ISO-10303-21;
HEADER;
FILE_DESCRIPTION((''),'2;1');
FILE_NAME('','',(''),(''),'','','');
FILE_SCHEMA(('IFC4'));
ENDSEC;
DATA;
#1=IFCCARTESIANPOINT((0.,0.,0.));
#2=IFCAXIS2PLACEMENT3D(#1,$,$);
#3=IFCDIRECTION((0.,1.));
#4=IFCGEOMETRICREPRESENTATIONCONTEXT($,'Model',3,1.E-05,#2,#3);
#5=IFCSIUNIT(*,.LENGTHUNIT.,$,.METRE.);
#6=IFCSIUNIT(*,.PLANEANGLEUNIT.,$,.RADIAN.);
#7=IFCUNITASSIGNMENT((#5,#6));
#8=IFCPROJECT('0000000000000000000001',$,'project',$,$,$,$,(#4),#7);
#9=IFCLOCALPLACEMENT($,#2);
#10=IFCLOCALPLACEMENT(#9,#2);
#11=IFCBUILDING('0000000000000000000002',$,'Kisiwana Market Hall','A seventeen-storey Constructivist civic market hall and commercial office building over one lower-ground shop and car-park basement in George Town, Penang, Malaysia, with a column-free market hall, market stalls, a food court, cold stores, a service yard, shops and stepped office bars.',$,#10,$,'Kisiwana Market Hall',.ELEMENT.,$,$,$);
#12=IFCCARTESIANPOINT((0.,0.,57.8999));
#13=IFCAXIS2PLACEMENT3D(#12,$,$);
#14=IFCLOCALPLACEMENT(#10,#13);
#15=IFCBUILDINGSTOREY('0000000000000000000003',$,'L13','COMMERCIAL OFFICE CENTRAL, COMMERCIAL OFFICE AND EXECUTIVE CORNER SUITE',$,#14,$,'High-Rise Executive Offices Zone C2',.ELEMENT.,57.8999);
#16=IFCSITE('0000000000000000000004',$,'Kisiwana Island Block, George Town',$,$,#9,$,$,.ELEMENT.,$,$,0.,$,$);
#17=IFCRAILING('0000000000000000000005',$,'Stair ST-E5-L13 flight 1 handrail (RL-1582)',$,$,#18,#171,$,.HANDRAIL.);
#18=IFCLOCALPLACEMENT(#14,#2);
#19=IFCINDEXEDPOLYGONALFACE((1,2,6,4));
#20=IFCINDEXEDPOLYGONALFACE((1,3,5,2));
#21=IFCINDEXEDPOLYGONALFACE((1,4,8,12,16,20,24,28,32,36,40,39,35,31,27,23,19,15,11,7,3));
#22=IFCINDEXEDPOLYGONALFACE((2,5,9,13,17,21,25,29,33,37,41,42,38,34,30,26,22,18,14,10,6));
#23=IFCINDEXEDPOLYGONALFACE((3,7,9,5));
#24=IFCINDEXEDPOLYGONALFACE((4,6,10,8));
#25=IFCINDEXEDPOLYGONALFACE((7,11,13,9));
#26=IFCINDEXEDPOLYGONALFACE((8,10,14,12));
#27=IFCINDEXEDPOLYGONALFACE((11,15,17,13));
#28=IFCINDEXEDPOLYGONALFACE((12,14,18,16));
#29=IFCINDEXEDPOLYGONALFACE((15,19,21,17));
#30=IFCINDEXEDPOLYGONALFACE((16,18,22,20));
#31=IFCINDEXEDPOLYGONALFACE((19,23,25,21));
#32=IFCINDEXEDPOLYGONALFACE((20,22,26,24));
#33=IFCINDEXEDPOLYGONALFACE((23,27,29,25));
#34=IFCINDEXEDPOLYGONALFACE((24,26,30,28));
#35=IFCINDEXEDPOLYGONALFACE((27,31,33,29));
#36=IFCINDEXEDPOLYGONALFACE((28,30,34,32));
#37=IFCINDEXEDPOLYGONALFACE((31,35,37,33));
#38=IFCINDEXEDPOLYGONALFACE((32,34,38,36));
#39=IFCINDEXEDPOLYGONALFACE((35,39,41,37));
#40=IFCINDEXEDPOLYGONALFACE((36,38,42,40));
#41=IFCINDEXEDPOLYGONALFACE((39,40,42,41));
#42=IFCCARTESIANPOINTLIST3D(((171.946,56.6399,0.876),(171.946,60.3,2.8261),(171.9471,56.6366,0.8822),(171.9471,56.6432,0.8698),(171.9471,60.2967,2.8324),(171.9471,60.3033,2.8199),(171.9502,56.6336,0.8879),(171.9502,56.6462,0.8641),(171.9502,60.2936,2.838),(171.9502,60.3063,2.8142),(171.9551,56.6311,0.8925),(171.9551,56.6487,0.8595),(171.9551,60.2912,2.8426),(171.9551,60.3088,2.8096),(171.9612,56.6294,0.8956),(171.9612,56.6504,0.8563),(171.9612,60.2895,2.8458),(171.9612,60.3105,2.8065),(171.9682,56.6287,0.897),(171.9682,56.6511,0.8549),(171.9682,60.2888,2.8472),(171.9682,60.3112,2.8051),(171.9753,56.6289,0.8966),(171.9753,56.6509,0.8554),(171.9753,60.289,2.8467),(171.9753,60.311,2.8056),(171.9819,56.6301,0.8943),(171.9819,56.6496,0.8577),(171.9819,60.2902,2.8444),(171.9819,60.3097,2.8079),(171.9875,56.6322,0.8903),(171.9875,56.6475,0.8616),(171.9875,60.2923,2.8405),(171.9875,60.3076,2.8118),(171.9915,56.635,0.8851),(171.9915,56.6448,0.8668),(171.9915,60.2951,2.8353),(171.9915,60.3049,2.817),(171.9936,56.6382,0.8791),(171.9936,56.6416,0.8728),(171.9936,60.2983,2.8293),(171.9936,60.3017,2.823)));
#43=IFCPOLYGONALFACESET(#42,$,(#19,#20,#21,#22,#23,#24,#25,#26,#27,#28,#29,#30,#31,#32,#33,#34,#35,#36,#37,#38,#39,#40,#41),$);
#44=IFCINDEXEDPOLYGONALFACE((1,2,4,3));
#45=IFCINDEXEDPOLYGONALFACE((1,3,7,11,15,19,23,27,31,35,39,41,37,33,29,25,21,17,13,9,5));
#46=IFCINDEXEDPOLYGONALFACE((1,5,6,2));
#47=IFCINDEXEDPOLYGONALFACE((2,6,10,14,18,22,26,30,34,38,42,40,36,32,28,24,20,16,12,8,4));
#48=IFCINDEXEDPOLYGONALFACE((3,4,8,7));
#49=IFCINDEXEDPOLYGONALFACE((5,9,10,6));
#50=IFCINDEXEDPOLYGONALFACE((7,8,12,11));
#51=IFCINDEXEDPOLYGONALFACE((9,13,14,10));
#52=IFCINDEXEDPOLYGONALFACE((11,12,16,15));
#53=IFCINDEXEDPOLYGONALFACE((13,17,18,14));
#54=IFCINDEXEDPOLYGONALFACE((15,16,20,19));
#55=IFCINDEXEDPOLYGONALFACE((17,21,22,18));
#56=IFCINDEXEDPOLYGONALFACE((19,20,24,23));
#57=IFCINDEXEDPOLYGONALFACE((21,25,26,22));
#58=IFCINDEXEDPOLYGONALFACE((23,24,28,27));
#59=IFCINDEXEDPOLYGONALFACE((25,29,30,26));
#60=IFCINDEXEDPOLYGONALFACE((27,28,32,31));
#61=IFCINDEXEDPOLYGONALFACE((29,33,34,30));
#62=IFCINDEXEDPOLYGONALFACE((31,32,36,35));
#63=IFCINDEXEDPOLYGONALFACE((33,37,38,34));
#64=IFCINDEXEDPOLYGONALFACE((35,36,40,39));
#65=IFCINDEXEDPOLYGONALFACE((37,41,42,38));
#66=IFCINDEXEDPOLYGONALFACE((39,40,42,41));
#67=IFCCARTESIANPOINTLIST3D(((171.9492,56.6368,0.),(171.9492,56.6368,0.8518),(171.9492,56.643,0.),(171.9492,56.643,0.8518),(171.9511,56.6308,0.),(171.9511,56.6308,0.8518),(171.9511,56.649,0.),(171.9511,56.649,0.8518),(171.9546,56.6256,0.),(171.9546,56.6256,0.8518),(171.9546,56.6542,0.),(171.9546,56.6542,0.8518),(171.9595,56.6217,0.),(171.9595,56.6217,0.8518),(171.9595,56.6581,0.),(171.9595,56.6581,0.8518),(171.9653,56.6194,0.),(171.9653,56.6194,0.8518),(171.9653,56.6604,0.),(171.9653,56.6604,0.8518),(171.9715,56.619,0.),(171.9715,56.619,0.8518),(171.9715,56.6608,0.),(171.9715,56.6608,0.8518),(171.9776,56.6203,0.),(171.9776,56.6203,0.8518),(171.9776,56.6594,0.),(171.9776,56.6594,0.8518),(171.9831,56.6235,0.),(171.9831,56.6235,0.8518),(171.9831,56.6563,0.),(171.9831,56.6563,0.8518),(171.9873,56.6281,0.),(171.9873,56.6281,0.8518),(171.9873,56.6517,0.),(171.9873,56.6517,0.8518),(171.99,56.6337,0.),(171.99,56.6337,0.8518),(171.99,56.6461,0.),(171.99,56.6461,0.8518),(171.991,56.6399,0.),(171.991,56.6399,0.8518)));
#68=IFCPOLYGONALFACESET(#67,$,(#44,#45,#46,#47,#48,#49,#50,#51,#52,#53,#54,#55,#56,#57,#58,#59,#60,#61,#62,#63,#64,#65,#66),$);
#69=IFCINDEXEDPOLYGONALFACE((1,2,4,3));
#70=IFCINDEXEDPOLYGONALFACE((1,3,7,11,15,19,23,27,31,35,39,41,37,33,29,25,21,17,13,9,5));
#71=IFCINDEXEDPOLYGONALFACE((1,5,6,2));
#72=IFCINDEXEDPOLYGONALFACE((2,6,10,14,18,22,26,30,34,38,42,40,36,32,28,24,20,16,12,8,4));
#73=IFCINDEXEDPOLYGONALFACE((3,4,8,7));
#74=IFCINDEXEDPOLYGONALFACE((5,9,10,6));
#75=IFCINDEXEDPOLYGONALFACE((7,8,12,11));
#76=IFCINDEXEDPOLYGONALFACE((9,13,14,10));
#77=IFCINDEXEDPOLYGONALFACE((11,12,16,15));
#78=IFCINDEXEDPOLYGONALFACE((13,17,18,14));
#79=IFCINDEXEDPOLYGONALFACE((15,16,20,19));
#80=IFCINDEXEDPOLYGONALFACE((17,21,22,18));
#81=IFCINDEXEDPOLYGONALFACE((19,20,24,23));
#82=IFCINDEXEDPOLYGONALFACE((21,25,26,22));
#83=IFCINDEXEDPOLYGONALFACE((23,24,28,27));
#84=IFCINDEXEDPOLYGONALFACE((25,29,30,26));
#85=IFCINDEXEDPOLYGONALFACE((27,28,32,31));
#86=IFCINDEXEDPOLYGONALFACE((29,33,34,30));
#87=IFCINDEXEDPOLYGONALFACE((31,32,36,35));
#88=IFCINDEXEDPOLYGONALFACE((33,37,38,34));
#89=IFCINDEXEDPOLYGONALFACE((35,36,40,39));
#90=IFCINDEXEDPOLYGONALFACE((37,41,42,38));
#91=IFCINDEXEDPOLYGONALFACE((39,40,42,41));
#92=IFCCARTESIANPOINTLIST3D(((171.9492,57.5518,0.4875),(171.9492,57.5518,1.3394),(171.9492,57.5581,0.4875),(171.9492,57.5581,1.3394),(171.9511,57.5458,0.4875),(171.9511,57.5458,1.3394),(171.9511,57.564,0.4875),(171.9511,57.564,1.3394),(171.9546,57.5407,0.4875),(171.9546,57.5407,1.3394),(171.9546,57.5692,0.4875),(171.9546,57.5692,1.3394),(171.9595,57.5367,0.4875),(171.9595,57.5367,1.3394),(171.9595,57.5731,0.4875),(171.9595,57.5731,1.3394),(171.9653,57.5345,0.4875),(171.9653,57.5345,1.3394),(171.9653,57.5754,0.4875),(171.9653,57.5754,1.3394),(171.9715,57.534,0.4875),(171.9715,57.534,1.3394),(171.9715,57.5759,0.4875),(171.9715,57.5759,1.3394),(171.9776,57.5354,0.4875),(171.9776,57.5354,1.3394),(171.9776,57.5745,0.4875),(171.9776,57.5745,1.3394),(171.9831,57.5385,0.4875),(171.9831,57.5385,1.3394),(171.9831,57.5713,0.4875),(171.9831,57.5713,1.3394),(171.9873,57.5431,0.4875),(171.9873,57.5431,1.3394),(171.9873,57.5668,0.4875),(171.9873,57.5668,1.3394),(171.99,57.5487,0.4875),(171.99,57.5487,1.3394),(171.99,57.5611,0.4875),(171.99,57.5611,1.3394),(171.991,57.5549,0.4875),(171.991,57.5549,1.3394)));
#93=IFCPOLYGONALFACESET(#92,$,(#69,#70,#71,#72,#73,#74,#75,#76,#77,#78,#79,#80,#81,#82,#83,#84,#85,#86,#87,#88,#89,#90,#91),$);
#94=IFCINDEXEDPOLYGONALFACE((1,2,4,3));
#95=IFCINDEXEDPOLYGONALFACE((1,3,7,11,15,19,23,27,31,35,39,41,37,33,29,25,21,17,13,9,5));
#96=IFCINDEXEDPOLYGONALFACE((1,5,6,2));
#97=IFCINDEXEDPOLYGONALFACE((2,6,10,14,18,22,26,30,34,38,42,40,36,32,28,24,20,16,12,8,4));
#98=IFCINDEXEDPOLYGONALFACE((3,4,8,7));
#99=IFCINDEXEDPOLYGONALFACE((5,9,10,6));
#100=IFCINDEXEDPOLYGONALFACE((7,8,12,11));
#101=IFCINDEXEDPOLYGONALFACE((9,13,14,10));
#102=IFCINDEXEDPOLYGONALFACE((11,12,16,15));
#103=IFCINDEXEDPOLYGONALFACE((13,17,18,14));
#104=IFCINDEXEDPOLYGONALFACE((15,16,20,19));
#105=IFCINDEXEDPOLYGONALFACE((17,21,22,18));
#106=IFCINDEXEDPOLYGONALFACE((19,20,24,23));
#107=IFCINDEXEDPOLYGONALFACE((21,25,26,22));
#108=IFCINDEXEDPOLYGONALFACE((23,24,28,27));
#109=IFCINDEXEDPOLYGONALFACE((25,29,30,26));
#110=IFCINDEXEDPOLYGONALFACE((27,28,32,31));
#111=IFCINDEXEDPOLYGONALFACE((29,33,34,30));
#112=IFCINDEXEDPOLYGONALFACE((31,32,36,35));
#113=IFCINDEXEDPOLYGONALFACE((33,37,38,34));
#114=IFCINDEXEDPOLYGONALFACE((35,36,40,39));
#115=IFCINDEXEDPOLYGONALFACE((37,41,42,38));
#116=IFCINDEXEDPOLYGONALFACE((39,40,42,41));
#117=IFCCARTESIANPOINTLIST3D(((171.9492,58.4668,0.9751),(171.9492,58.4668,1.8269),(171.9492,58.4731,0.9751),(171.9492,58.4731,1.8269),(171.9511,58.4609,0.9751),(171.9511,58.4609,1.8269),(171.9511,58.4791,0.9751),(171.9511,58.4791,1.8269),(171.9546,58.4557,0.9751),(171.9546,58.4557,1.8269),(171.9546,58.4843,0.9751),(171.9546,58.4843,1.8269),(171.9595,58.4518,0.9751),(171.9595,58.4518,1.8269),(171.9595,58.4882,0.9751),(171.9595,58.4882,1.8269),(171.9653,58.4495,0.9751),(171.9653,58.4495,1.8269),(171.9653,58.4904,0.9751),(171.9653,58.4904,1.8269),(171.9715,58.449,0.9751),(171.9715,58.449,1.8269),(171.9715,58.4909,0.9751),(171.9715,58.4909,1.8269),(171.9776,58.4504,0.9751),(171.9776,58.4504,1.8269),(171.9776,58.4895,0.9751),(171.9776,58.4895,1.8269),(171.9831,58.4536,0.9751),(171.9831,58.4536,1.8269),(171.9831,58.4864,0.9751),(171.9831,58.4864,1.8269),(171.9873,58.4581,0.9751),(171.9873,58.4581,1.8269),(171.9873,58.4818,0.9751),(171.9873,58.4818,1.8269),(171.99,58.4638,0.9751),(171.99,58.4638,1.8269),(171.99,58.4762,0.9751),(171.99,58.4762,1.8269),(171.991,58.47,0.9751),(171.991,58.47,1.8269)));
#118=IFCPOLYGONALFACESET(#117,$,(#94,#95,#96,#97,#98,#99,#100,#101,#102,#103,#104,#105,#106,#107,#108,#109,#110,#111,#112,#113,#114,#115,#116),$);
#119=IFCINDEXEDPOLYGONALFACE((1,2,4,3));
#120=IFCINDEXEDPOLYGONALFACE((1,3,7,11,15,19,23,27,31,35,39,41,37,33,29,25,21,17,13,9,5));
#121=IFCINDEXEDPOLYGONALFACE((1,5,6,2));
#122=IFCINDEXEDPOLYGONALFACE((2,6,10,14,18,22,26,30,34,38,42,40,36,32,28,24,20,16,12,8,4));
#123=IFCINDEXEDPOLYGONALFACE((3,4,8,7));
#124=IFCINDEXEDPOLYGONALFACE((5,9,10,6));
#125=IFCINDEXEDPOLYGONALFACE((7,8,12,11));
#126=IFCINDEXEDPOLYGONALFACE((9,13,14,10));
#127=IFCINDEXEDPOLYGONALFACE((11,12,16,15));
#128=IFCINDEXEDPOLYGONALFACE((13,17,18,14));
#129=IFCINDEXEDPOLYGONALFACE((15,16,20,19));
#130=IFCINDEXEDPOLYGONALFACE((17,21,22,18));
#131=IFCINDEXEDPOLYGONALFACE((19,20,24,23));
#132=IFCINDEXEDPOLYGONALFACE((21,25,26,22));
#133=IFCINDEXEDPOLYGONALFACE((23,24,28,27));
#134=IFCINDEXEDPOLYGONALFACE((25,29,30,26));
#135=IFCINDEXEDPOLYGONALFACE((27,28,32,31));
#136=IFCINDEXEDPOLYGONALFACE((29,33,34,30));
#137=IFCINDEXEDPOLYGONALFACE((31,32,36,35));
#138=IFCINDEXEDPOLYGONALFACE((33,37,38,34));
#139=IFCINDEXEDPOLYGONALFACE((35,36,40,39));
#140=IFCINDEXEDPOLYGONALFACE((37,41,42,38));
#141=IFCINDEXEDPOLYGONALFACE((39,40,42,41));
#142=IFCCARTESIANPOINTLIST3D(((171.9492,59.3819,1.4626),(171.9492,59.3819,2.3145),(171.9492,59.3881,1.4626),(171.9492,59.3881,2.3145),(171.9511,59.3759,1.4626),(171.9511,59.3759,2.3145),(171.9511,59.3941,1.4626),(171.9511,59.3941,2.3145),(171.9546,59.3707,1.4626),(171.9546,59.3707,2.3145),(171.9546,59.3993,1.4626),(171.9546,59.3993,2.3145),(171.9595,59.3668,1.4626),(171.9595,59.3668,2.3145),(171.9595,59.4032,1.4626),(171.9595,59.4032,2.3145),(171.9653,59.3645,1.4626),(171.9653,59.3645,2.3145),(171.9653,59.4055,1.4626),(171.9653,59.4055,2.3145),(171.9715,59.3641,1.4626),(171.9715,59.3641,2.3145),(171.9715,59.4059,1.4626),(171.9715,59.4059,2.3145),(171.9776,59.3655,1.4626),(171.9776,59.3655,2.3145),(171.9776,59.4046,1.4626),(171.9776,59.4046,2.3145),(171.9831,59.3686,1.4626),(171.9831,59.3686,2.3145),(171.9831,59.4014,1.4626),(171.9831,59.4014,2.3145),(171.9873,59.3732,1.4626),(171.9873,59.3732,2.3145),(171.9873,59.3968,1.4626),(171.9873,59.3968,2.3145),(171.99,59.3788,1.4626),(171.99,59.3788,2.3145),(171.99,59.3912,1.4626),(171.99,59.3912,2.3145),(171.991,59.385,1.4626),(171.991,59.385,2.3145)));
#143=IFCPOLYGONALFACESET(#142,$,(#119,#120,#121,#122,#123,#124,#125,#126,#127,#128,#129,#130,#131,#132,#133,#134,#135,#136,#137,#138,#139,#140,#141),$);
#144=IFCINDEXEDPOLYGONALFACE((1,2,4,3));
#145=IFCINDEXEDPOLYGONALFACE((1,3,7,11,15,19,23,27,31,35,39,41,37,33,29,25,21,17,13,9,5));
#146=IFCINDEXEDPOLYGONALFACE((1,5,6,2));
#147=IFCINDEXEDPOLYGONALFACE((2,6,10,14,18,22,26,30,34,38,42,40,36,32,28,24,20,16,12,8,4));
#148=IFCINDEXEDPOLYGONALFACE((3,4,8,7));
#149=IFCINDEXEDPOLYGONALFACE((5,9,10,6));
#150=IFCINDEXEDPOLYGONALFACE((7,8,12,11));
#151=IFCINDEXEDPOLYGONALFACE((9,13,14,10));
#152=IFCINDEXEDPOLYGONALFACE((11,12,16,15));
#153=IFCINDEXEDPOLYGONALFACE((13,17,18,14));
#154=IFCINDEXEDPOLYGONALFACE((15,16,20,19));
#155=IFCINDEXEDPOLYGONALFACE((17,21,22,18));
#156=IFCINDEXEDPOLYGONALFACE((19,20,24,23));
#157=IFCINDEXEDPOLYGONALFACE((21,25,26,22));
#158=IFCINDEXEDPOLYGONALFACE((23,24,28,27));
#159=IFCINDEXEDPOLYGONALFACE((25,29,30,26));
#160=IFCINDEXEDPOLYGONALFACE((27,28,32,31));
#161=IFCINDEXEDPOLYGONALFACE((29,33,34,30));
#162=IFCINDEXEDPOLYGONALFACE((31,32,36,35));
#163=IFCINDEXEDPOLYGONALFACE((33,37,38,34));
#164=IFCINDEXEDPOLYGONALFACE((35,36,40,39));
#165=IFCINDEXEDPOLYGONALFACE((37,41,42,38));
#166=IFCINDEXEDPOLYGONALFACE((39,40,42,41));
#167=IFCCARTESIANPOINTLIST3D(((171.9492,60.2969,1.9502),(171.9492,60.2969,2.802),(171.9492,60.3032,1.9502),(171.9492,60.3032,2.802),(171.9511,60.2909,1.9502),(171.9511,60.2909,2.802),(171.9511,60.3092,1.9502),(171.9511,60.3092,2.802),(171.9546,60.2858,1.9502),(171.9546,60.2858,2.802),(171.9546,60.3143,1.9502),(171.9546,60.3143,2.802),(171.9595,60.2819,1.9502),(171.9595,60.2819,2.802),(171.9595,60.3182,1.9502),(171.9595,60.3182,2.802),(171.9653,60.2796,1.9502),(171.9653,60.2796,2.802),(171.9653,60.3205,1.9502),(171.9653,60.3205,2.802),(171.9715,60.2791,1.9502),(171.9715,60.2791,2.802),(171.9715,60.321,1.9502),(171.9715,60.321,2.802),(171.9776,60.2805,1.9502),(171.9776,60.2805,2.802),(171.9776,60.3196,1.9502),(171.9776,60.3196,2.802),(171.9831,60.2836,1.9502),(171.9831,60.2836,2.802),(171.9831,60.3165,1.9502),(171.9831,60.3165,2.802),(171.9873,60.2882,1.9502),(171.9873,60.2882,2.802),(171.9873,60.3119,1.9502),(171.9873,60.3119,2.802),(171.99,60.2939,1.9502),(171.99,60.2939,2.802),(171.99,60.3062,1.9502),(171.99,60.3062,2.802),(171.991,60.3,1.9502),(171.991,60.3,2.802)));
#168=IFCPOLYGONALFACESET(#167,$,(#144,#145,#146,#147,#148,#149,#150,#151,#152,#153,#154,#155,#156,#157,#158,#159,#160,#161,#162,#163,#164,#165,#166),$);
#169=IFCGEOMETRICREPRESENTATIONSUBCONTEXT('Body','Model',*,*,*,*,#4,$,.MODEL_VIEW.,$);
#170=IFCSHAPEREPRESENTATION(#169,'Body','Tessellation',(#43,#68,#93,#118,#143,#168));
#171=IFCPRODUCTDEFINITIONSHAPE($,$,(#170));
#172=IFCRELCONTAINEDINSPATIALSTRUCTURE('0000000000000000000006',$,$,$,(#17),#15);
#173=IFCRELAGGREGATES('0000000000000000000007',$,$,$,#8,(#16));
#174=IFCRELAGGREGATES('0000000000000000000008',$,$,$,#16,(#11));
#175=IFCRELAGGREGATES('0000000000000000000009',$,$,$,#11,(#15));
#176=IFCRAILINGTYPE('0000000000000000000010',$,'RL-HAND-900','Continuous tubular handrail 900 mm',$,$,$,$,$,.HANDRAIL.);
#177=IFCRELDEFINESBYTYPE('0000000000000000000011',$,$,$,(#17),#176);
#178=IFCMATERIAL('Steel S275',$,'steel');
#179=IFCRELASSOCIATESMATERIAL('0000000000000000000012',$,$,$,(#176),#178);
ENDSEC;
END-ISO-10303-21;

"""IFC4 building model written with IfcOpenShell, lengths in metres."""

from ifc_helpers import new_model, si_unit, direction, frame, origin, origin_2d, place, context, subcontext, project, spatial, circle, extrude, material, type_object, element, save


model = new_model("IFC4")

# Units and contexts
model_context = context("Model", 3, precision=1e-05, world=origin(), true_north=direction((0.0, 1.0)))
body_context = subcontext(model_context, "Body", "Model", "MODEL_VIEW")
ifc_project = project(units=[si_unit("LENGTHUNIT", "METRE"), si_unit("PLANEANGLEUNIT", "RADIAN")], contexts=[model_context])

# Site, building, storey
site_placement = place(None, origin())
site = spatial("IfcSite", under=ifc_project, at=site_placement, Name="Kisiwana Island Block, George Town", CompositionType="ELEMENT", RefElevation=0.0)
building_placement = place(site_placement, origin())
building = spatial("IfcBuilding", under=site, at=building_placement, Name="Kisiwana Market Hall", Description="A seventeen-storey Constructivist civic market hall and commercial office building over one lower-ground shop and car-park basement in George Town, Penang, Malaysia, with a column-free market hall, market stalls, a food court, cold stores, a service yard, shops and stepped office bars.", LongName="Kisiwana Market Hall", CompositionType="ELEMENT")
storey_placement = place(building_placement, frame((0.0, 0.0, 57.8999)))
storey = spatial("IfcBuildingStorey", under=building, at=storey_placement, Name="L13", Description="COMMERCIAL OFFICE CENTRAL, COMMERCIAL OFFICE AND EXECUTIVE CORNER SUITE", LongName="High-Rise Executive Offices Zone C2", CompositionType="ELEMENT", Elevation=57.8999)

# Railing
ifc_material_1 = material(Name="Steel S275", Category="steel")
railing_type_1 = type_object("IfcRailingType", Name="RL-HAND-900", Description="Continuous tubular handrail 900 mm", PredefinedType="HANDRAIL", material=ifc_material_1)
railing_1_placement = place(storey_placement, frame((171.97, 56.6399, 0.0)))
element("IfcRailing", 1, at=railing_1_placement, inside=storey, type_object=railing_type_1, Name="Stair ST-E5-L13 flight 1 handrail (RL-1582)", PredefinedType="HANDRAIL", context=body_context, shape_type="SweptSolid", body=[
    extrude(circle(Radius=0.0239, at=origin_2d()), frame((0.0, 0.0, 0.876), z_axis=(0.0, 0.882542, 0.470234), x_axis=(-1.0, 0.0, 0.0)), (0.0, 0.0, 1.0), 4.1472),
    extrude(circle(Radius=0.021, at=origin_2d()), origin(), (0.0, 0.0, 1.0), 0.8518),
    extrude(circle(Radius=0.021, at=origin_2d()), frame((0.0, 0.915, 0.4875)), (0.0, 0.0, 1.0), 0.8518),
    extrude(circle(Radius=0.021, at=origin_2d()), frame((0.0, 1.8301, 0.9751)), (0.0, 0.0, 1.0), 0.8518),
    extrude(circle(Radius=0.021, at=origin_2d()), frame((0.0, 2.7451, 1.4626)), (0.0, 0.0, 1.0), 0.8518),
    extrude(circle(Radius=0.021, at=origin_2d()), frame((0.0, 3.6602, 1.9502)), (0.0, 0.0, 1.0), 0.8518),
])

save(model, "model.ifc")
